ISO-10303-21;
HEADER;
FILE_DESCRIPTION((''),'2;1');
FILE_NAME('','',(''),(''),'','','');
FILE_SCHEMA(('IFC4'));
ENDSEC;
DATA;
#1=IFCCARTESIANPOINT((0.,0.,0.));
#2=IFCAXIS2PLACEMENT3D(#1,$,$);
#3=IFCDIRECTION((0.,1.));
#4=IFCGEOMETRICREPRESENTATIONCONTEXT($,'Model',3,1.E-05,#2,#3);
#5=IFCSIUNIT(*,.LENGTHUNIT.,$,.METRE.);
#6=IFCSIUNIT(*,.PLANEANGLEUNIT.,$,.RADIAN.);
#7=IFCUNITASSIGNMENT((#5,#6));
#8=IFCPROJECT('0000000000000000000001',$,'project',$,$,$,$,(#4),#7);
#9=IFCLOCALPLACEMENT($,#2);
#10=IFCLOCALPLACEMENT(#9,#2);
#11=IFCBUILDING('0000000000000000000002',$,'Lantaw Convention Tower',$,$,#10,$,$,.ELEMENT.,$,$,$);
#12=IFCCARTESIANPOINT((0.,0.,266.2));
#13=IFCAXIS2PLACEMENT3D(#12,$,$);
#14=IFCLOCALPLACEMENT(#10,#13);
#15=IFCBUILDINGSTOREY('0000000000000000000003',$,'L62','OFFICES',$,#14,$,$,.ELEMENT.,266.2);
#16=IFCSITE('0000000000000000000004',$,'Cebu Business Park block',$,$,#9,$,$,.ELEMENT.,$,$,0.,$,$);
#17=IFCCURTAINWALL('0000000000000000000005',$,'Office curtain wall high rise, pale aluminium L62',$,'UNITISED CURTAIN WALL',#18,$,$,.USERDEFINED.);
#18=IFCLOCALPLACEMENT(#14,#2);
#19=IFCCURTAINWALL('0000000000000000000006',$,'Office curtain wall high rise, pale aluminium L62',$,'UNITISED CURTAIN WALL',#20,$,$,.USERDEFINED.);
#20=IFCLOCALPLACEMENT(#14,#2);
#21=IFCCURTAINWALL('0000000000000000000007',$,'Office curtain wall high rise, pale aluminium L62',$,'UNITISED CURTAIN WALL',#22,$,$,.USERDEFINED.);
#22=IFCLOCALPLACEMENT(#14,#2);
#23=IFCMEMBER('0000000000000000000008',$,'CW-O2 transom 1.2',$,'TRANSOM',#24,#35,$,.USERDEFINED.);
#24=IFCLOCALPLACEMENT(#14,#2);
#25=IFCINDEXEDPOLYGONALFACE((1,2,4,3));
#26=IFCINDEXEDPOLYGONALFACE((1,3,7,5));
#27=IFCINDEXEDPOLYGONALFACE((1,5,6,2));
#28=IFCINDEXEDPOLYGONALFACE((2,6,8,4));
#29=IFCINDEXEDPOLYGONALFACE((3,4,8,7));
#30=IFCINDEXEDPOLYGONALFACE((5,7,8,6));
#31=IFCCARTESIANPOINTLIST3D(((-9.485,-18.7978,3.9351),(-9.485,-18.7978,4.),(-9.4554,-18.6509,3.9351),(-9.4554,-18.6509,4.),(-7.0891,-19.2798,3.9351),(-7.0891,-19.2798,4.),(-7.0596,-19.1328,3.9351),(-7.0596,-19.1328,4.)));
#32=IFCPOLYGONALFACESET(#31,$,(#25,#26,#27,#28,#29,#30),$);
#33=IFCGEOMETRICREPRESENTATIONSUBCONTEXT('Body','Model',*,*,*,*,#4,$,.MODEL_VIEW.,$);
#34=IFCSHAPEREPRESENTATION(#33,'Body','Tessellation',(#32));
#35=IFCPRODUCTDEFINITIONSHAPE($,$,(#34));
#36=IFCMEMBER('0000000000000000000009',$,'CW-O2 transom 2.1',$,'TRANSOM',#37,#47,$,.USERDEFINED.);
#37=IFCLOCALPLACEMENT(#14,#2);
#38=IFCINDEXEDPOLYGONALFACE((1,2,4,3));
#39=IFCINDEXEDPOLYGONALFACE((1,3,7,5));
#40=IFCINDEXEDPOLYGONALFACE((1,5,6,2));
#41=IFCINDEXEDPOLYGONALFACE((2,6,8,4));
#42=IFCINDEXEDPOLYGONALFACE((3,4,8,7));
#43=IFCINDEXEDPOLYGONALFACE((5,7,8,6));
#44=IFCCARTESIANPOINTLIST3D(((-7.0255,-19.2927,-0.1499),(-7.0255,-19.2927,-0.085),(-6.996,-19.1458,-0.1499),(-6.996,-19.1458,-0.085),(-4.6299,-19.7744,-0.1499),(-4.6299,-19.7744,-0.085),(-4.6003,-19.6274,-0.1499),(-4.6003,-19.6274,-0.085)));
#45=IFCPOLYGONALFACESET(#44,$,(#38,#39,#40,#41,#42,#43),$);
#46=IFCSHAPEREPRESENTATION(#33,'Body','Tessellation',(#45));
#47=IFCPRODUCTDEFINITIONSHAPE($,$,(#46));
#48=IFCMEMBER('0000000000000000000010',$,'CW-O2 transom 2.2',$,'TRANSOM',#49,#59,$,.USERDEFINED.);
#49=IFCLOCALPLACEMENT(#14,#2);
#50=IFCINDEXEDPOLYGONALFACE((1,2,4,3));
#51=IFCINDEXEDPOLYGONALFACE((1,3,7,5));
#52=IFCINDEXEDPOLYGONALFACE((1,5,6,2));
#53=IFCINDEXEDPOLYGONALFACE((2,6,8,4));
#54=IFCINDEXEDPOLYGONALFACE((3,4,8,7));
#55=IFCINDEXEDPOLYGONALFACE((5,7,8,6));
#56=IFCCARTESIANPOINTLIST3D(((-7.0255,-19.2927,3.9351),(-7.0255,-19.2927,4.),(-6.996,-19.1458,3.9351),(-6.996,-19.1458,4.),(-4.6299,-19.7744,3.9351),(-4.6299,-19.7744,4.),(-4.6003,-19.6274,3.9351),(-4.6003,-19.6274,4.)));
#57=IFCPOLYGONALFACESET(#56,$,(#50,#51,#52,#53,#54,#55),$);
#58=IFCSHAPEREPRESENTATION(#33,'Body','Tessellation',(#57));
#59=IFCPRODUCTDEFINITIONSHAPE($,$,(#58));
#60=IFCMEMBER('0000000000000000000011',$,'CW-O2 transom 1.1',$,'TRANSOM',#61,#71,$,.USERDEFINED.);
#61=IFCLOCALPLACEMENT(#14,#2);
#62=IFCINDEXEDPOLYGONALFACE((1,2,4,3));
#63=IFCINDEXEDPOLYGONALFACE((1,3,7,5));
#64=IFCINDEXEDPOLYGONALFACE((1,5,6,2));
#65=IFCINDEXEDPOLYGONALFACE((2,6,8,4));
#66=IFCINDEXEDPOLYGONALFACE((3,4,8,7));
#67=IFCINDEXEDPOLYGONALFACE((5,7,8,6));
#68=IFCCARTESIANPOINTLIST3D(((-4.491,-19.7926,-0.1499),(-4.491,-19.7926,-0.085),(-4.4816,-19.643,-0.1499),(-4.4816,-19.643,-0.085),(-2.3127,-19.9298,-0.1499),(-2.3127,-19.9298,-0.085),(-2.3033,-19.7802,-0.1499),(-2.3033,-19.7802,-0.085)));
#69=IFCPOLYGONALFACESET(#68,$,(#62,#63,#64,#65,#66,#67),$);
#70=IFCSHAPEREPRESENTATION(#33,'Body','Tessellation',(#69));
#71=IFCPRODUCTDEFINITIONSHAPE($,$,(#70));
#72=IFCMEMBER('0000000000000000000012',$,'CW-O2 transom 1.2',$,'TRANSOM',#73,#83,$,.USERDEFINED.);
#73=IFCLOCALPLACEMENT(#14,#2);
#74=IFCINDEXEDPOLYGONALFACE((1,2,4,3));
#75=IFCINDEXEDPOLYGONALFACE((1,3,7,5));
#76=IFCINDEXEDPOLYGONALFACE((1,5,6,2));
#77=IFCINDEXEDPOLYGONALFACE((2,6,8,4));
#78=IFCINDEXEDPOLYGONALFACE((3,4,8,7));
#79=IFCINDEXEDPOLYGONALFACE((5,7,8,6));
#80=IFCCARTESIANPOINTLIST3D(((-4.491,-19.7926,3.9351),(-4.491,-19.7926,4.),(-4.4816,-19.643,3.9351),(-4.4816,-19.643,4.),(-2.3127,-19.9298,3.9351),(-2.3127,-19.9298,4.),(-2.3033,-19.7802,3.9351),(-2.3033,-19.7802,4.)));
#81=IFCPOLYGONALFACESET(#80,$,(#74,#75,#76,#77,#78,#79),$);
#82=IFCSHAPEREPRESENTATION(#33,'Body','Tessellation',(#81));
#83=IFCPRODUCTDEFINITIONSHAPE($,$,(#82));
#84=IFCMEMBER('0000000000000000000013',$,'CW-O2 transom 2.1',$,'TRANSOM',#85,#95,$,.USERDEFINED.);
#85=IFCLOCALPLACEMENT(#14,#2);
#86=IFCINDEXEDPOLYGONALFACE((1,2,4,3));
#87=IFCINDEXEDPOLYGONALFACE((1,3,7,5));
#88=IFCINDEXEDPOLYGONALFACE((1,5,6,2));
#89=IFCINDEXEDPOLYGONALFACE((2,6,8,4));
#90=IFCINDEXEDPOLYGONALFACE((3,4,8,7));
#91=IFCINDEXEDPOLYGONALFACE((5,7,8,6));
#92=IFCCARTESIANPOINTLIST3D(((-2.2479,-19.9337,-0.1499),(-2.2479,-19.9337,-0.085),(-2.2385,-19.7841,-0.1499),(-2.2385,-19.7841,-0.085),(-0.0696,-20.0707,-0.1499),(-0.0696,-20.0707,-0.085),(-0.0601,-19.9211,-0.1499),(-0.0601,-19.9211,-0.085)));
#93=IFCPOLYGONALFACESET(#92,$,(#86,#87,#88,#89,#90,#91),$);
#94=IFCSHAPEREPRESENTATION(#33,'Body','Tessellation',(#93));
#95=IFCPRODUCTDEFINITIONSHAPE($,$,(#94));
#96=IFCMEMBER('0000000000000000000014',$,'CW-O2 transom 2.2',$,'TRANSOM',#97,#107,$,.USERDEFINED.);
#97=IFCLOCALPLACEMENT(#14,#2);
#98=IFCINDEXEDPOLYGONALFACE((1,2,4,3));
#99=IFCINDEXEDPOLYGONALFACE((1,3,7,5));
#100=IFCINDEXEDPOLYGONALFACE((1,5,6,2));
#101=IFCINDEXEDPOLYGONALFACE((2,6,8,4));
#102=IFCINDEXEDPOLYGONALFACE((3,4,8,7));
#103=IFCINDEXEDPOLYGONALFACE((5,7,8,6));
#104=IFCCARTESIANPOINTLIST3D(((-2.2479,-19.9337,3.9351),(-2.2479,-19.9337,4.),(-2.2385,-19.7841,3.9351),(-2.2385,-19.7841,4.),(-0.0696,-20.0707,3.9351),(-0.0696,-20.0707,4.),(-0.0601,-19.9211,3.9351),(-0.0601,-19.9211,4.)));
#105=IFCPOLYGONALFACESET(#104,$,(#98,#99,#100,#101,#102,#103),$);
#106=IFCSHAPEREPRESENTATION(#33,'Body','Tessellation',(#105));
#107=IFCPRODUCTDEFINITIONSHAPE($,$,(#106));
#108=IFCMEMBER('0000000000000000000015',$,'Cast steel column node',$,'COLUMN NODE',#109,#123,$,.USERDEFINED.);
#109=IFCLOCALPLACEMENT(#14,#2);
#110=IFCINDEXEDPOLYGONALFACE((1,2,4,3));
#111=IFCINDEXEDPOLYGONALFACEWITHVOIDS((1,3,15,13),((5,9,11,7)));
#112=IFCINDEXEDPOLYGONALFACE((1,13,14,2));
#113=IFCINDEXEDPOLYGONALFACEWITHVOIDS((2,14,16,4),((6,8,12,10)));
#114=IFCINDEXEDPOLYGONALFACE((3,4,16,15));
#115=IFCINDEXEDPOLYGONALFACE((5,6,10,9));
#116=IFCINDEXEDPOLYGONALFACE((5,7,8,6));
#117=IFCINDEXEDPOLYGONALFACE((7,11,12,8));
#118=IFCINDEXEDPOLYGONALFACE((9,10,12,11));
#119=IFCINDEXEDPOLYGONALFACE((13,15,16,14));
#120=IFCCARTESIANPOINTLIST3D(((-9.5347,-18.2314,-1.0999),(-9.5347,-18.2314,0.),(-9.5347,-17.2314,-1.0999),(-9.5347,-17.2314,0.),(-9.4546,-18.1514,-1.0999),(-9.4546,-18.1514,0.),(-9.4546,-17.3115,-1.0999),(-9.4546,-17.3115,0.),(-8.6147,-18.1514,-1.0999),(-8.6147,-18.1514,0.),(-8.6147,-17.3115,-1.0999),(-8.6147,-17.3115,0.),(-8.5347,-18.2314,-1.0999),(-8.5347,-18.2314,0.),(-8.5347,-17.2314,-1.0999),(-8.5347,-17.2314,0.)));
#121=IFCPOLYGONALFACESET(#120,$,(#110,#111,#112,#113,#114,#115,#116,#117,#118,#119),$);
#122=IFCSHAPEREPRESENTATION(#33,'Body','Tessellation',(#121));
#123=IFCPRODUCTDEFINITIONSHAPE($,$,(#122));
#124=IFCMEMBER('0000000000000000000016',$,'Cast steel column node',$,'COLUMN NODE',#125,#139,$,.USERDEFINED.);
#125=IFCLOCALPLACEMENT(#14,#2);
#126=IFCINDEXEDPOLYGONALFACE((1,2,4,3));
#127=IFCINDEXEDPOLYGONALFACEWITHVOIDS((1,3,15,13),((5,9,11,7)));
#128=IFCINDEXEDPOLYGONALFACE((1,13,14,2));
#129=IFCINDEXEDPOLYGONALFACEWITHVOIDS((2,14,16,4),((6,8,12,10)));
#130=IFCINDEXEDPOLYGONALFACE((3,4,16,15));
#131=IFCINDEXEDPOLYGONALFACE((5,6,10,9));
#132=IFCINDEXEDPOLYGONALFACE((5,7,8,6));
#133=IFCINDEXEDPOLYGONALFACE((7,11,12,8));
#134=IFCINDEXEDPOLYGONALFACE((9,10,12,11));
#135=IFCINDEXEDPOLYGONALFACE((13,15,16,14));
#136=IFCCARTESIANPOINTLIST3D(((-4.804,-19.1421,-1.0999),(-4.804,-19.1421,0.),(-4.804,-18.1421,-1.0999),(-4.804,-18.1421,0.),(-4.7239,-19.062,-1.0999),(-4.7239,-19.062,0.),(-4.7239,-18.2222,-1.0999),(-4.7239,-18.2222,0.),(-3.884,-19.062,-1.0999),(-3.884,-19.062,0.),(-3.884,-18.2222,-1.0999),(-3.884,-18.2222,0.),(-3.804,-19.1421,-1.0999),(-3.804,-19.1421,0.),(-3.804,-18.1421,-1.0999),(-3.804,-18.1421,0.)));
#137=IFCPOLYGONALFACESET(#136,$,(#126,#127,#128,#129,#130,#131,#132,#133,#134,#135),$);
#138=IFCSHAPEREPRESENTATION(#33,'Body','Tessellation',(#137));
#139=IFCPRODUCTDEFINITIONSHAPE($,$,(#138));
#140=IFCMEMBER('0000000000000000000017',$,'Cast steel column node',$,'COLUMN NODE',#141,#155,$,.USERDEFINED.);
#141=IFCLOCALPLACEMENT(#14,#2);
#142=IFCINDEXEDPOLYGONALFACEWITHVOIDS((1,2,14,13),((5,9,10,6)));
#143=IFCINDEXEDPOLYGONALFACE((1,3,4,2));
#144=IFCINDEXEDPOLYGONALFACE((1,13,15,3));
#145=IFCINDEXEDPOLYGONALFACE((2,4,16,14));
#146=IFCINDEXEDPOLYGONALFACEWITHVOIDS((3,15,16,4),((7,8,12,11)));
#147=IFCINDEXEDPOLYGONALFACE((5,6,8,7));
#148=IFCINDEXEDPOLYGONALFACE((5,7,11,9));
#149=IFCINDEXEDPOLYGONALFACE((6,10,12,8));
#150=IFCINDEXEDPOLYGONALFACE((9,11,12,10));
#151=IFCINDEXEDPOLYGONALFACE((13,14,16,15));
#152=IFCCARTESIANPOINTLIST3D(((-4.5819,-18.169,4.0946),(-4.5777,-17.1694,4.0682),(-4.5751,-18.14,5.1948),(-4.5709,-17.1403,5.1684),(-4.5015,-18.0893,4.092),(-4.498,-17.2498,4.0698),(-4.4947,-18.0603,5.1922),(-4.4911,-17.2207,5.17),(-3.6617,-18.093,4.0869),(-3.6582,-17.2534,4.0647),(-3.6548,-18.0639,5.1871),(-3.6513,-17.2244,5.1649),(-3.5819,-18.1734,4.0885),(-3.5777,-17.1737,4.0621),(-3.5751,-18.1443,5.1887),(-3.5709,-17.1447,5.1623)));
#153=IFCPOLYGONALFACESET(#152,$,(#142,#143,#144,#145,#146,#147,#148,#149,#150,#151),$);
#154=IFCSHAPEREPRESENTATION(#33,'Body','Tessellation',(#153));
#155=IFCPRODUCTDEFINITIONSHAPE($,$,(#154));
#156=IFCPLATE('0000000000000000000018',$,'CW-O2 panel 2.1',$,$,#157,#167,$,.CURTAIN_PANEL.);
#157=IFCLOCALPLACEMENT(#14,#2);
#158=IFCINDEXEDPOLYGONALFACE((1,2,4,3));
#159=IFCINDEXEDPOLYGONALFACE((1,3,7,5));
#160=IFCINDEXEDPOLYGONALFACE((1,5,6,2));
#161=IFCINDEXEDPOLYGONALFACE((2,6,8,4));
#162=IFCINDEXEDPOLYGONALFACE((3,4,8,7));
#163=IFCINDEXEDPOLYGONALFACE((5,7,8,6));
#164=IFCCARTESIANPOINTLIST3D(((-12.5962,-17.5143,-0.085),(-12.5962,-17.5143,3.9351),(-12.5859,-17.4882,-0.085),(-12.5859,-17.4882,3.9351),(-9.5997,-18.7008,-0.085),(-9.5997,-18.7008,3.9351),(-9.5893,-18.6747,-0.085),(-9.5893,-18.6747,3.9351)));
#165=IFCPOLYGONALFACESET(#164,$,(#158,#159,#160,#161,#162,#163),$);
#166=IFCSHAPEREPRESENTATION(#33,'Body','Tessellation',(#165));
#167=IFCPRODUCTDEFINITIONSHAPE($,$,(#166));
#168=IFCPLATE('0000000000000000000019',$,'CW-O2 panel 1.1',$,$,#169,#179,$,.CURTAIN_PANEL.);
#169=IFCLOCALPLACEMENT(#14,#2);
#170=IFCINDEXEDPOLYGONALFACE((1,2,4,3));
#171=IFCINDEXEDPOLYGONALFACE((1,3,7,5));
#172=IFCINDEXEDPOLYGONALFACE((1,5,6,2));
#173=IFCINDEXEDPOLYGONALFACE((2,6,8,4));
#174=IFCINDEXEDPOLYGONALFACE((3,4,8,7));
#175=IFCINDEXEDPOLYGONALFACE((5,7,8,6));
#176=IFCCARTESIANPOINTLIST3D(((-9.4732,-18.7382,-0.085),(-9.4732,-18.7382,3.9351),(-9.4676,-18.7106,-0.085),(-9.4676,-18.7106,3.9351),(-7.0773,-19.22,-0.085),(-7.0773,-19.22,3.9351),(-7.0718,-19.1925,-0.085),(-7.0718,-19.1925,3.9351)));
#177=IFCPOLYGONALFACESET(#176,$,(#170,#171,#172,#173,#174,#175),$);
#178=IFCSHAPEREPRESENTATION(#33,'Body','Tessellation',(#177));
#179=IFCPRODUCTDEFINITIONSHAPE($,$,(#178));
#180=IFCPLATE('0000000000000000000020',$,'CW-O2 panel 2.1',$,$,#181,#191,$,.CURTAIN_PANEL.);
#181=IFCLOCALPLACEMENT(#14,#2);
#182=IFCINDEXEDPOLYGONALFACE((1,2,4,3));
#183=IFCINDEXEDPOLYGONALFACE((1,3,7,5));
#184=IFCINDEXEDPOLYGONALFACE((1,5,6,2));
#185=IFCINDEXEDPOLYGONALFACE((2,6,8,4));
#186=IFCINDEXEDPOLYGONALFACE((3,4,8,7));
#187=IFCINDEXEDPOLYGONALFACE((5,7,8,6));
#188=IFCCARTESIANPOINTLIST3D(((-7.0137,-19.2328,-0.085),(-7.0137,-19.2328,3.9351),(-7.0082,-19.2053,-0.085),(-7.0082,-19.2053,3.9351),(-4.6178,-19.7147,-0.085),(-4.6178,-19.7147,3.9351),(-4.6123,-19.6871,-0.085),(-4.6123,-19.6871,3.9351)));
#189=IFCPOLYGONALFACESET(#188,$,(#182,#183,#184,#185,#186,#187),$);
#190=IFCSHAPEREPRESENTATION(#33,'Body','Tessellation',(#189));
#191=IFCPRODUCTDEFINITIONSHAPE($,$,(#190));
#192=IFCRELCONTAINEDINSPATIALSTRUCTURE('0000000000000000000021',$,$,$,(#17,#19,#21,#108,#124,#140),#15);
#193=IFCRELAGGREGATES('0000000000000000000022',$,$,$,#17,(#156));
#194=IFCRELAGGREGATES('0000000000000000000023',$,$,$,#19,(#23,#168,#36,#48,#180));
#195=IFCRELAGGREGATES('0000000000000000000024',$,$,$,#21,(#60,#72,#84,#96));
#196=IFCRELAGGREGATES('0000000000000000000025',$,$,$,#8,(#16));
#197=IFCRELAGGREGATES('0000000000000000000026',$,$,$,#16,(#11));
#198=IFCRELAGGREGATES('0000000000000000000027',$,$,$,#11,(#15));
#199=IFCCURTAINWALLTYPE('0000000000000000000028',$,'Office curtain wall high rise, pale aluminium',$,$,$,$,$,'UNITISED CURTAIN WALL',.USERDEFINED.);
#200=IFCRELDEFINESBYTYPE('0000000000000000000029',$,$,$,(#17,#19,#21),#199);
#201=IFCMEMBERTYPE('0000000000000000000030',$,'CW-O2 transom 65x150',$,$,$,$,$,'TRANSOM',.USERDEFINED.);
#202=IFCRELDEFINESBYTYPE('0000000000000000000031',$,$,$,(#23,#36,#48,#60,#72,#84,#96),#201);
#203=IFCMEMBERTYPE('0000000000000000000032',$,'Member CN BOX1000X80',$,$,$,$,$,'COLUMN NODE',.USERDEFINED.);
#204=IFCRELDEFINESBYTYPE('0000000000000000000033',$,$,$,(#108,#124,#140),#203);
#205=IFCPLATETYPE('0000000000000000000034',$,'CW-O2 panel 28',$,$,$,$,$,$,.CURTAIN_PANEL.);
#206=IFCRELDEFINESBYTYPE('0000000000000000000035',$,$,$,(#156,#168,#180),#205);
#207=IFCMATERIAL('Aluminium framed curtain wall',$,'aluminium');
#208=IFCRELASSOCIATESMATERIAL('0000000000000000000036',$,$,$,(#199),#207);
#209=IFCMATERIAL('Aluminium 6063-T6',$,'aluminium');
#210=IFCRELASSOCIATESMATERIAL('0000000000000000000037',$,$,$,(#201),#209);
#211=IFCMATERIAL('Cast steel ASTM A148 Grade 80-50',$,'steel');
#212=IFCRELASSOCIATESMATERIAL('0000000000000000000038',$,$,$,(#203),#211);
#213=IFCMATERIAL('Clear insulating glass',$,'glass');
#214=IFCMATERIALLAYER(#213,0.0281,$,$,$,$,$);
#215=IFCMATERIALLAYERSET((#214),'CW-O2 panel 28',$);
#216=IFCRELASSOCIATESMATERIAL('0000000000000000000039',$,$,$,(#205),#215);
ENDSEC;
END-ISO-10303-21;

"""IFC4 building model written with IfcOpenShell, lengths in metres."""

from ifc_helpers import new_model, si_unit, direction, frame, origin, origin_2d, place, context, subcontext, project, spatial, rectangle, hollow_rectangle, extrude, material, layer, layer_set, material_profile, profile_set, type_object, element, aggregate, save


model = new_model("IFC4")

# Units and contexts
model_context = context("Model", 3, precision=1e-05, world=origin(), true_north=direction((0.0, 1.0)))
body_context = subcontext(model_context, "Body", "Model", "MODEL_VIEW")
ifc_project = project(units=[si_unit("LENGTHUNIT", "METRE"), si_unit("PLANEANGLEUNIT", "RADIAN")], contexts=[model_context])

# Site, building, storey
site_placement = place(None, origin())
site = spatial("IfcSite", under=ifc_project, at=site_placement, Name="Cebu Business Park block", CompositionType="ELEMENT", RefElevation=0.0)
building_placement = place(site_placement, origin())
building = spatial("IfcBuilding", under=site, at=building_placement, Name="Lantaw Convention Tower", CompositionType="ELEMENT")
storey_placement = place(building_placement, frame((0.0, 0.0, 266.2)))
storey = spatial("IfcBuildingStorey", under=building, at=storey_placement, Name="L62", Description="OFFICES", CompositionType="ELEMENT", Elevation=266.2)

# Curtain walls
ifc_material_1 = material(Name="Aluminium framed curtain wall", Category="aluminium")
curtain_wall_type = type_object("IfcCurtainWallType", Name="Office curtain wall high rise, pale aluminium", ElementType="UNITISED CURTAIN WALL", PredefinedType="USERDEFINED", material=ifc_material_1)
curtain_wall_1_placement = place(storey_placement, origin())
curtain_wall_1 = element("IfcCurtainWall", 1, at=curtain_wall_1_placement, inside=storey, type_object=curtain_wall_type, Name="Office curtain wall high rise, pale aluminium L62", ObjectType="UNITISED CURTAIN WALL", PredefinedType="USERDEFINED")
ifc_material_2 = material(Name="Aluminium 6063-T6", Category="aluminium")
curtain_wall_2_placement = place(storey_placement, origin())
curtain_wall_2 = element("IfcCurtainWall", 2, at=curtain_wall_2_placement, inside=storey, type_object=curtain_wall_type, Name="Office curtain wall high rise, pale aluminium L62", ObjectType="UNITISED CURTAIN WALL", PredefinedType="USERDEFINED")
curtain_wall_3_placement = place(storey_placement, origin())
curtain_wall_3 = element("IfcCurtainWall", 3, at=curtain_wall_3_placement, inside=storey, type_object=curtain_wall_type, Name="Office curtain wall high rise, pale aluminium L62", ObjectType="UNITISED CURTAIN WALL", PredefinedType="USERDEFINED")

# Members
ifc_material_profile_1 = material_profile(ifc_material_2, rectangle(XDim=0.1499, YDim=0.0649, at=origin_2d()), Name="CW-O2 transom 65x150")
ifc_profile_set_1 = profile_set([ifc_material_profile_1], Name="Aluminium 6063-T6")
member_type_1 = type_object("IfcMemberType", Name="CW-O2 transom 65x150", ElementType="TRANSOM", PredefinedType="USERDEFINED", material=ifc_profile_set_1)
member_1_placement = place(storey_placement, frame((-9.4702, -18.7244, 3.9675), z_axis=(0.980361, -0.197211, 0.0), x_axis=(0.197211, 0.980361, 0.0)))
member_1 = element("IfcMember", 4, at=member_1_placement, type_object=member_type_1, Name="CW-O2 transom 1.2", ObjectType="TRANSOM", PredefinedType="USERDEFINED", context=body_context, shape_type="SweptSolid", body=[
    extrude(rectangle(XDim=0.1499, YDim=0.0649, at=origin_2d()), origin(), (0.0, 0.0, 1.0), 2.4438),
])
member_2_placement = place(storey_placement, frame((-7.0107, -19.2192, -0.1174), z_axis=(0.98038, -0.197115, 0.0), x_axis=(0.197115, 0.98038, 0.0)))
member_2 = element("IfcMember", 5, at=member_2_placement, type_object=member_type_1, Name="CW-O2 transom 2.1", ObjectType="TRANSOM", PredefinedType="USERDEFINED", context=body_context, shape_type="SweptSolid", body=[
    extrude(rectangle(XDim=0.1499, YDim=0.0649, at=origin_2d()), origin(), (0.0, 0.0, 1.0), 2.4436),
])
member_3_placement = place(storey_placement, frame((-7.0107, -19.2192, 3.9675), z_axis=(0.98038, -0.197115, 0.0), x_axis=(0.197115, 0.98038, 0.0)))
member_3 = element("IfcMember", 6, at=member_3_placement, type_object=member_type_1, Name="CW-O2 transom 2.2", ObjectType="TRANSOM", PredefinedType="USERDEFINED", context=body_context, shape_type="SweptSolid", body=[
    extrude(rectangle(XDim=0.1499, YDim=0.0649, at=origin_2d()), origin(), (0.0, 0.0, 1.0), 2.4436),
])
member_4_placement = place(storey_placement, frame((-4.4863, -19.7178, -0.1174), z_axis=(0.998022, -0.062866, 0.0), x_axis=(0.062866, 0.998022, 0.0)))
member_4 = element("IfcMember", 7, at=member_4_placement, type_object=member_type_1, Name="CW-O2 transom 1.1", ObjectType="TRANSOM", PredefinedType="USERDEFINED", context=body_context, shape_type="SweptSolid", body=[
    extrude(rectangle(XDim=0.1499, YDim=0.0649, at=origin_2d()), origin(), (0.0, 0.0, 1.0), 2.1826),
])
member_5_placement = place(storey_placement, frame((-4.4863, -19.7178, 3.9675), z_axis=(0.998022, -0.062866, 0.0), x_axis=(0.062866, 0.998022, 0.0)))
member_5 = element("IfcMember", 8, at=member_5_placement, type_object=member_type_1, Name="CW-O2 transom 1.2", ObjectType="TRANSOM", PredefinedType="USERDEFINED", context=body_context, shape_type="SweptSolid", body=[
    extrude(rectangle(XDim=0.1499, YDim=0.0649, at=origin_2d()), origin(), (0.0, 0.0, 1.0), 2.1826),
])
member_6_placement = place(storey_placement, frame((-2.2432, -19.8589, -0.1174), z_axis=(0.998029, -0.062754, 0.0), x_axis=(0.062754, 0.998029, 0.0)))
member_6 = element("IfcMember", 9, at=member_6_placement, type_object=member_type_1, Name="CW-O2 transom 2.1", ObjectType="TRANSOM", PredefinedType="USERDEFINED", context=body_context, shape_type="SweptSolid", body=[
    extrude(rectangle(XDim=0.1499, YDim=0.0649, at=origin_2d()), origin(), (0.0, 0.0, 1.0), 2.1826),
])
member_7_placement = place(storey_placement, frame((-2.2432, -19.8589, 3.9675), z_axis=(0.998029, -0.062754, 0.0), x_axis=(0.062754, 0.998029, 0.0)))
member_7 = element("IfcMember", 10, at=member_7_placement, type_object=member_type_1, Name="CW-O2 transom 2.2", ObjectType="TRANSOM", PredefinedType="USERDEFINED", context=body_context, shape_type="SweptSolid", body=[
    extrude(rectangle(XDim=0.1499, YDim=0.0649, at=origin_2d()), origin(), (0.0, 0.0, 1.0), 2.1826),
])

# Members
ifc_material_3 = material(Name="Cast steel ASTM A148 Grade 80-50", Category="steel")
ifc_material_profile_2 = material_profile(ifc_material_3, hollow_rectangle(XDim=1.0, YDim=1.0, WallThickness=0.0801, at=origin_2d()), Name="BOX1000X80")
ifc_profile_set_2 = profile_set([ifc_material_profile_2], Name="Cast steel ASTM A148 Grade 80-50")
member_type_2 = type_object("IfcMemberType", Name="Member CN BOX1000X80", ElementType="COLUMN NODE", PredefinedType="USERDEFINED", material=ifc_profile_set_2)
for number, where, z_axis, x_axis, name in (
    (11, (-9.0347, -17.7314, -1.0999), (0.0, 0.0, 1.0), (1.0, 0.0, 0.0), "Cast steel column node"),
    (12, (-4.304, -18.6421, -1.0999), (0.0, 0.0, 1.0), (1.0, 0.0, 0.0), "Cast steel column node"),
):
    element("IfcMember", number, at=place(storey_placement, frame(where, z_axis=z_axis, x_axis=x_axis)), inside=storey, type_object=member_type_2, Name=name, ObjectType="COLUMN NODE", PredefinedType="USERDEFINED", context=body_context, shape_type="SweptSolid", body=[
        extrude(hollow_rectangle(XDim=1.0, YDim=1.0, WallThickness=0.0801, at=origin_2d()), origin(), (0.0, 0.0, 1.0), 1.0999),
    ])
member_8_placement = place(storey_placement, frame((-4.0798, -17.6714, 4.0784), z_axis=(0.006212, 0.0264, 0.999632), x_axis=(0.999972, -0.004359, -0.006099)))
element("IfcMember", 13, at=member_8_placement, inside=storey, type_object=member_type_2, Name="Cast steel column node", ObjectType="COLUMN NODE", PredefinedType="USERDEFINED", context=body_context, shape_type="SweptSolid", body=[
    extrude(hollow_rectangle(XDim=1.0, YDim=1.0, WallThickness=0.0801, at=origin_2d()), origin(), (0.0, 0.0, 1.0), 1.1006),
])

# Plates
ifc_material_4 = material(Name="Clear insulating glass", Category="glass")
ifc_layer_1 = layer(ifc_material_4, 0.0281)
ifc_layer_set_1 = layer_set([ifc_layer_1], Name="CW-O2 panel 28")
plate_type_1 = type_object("IfcPlateType", Name="CW-O2 panel 28", PredefinedType="CURTAIN_PANEL", material=ifc_layer_set_1)
plate_1_placement = place(storey_placement, frame((-11.0928, -18.0945, -0.085), z_axis=(0.0, 0.0, 1.0), x_axis=(0.929762, -0.368162, 0.0)))
plate_1 = element("IfcPlate", 14, at=plate_1_placement, type_object=plate_type_1, Name="CW-O2 panel 2.1", PredefinedType="CURTAIN_PANEL", context=body_context, shape_type="SweptSolid", body=[
    extrude(rectangle(XDim=3.2229, YDim=0.0281, at=origin_2d()), origin(), (0.0, 0.0, 1.0), 4.02),
])
aggregate(curtain_wall_1, [plate_1])
plate_2_placement = place(storey_placement, frame((-8.2725, -18.9653, -0.085), z_axis=(0.0, 0.0, 1.0), x_axis=(0.980367, -0.197183, 0.0)))
plate_2 = element("IfcPlate", 15, at=plate_2_placement, type_object=plate_type_1, Name="CW-O2 panel 1.1", PredefinedType="CURTAIN_PANEL", context=body_context, shape_type="SweptSolid", body=[
    extrude(rectangle(XDim=2.4438, YDim=0.0281, at=origin_2d()), origin(), (0.0, 0.0, 1.0), 4.02),
])
plate_3_placement = place(storey_placement, frame((-5.813, -19.46, -0.085), z_axis=(0.0, 0.0, 1.0), x_axis=(0.980367, -0.197183, 0.0)))
plate_3 = element("IfcPlate", 16, at=plate_3_placement, type_object=plate_type_1, Name="CW-O2 panel 2.1", PredefinedType="CURTAIN_PANEL", context=body_context, shape_type="SweptSolid", body=[
    extrude(rectangle(XDim=2.4438, YDim=0.0281, at=origin_2d()), origin(), (0.0, 0.0, 1.0), 4.02),
])
aggregate(curtain_wall_2, [member_1, plate_2, member_2, member_3, plate_3])
aggregate(curtain_wall_3, [member_4, member_5, member_6, member_7])

save(model, "model.ifc")
